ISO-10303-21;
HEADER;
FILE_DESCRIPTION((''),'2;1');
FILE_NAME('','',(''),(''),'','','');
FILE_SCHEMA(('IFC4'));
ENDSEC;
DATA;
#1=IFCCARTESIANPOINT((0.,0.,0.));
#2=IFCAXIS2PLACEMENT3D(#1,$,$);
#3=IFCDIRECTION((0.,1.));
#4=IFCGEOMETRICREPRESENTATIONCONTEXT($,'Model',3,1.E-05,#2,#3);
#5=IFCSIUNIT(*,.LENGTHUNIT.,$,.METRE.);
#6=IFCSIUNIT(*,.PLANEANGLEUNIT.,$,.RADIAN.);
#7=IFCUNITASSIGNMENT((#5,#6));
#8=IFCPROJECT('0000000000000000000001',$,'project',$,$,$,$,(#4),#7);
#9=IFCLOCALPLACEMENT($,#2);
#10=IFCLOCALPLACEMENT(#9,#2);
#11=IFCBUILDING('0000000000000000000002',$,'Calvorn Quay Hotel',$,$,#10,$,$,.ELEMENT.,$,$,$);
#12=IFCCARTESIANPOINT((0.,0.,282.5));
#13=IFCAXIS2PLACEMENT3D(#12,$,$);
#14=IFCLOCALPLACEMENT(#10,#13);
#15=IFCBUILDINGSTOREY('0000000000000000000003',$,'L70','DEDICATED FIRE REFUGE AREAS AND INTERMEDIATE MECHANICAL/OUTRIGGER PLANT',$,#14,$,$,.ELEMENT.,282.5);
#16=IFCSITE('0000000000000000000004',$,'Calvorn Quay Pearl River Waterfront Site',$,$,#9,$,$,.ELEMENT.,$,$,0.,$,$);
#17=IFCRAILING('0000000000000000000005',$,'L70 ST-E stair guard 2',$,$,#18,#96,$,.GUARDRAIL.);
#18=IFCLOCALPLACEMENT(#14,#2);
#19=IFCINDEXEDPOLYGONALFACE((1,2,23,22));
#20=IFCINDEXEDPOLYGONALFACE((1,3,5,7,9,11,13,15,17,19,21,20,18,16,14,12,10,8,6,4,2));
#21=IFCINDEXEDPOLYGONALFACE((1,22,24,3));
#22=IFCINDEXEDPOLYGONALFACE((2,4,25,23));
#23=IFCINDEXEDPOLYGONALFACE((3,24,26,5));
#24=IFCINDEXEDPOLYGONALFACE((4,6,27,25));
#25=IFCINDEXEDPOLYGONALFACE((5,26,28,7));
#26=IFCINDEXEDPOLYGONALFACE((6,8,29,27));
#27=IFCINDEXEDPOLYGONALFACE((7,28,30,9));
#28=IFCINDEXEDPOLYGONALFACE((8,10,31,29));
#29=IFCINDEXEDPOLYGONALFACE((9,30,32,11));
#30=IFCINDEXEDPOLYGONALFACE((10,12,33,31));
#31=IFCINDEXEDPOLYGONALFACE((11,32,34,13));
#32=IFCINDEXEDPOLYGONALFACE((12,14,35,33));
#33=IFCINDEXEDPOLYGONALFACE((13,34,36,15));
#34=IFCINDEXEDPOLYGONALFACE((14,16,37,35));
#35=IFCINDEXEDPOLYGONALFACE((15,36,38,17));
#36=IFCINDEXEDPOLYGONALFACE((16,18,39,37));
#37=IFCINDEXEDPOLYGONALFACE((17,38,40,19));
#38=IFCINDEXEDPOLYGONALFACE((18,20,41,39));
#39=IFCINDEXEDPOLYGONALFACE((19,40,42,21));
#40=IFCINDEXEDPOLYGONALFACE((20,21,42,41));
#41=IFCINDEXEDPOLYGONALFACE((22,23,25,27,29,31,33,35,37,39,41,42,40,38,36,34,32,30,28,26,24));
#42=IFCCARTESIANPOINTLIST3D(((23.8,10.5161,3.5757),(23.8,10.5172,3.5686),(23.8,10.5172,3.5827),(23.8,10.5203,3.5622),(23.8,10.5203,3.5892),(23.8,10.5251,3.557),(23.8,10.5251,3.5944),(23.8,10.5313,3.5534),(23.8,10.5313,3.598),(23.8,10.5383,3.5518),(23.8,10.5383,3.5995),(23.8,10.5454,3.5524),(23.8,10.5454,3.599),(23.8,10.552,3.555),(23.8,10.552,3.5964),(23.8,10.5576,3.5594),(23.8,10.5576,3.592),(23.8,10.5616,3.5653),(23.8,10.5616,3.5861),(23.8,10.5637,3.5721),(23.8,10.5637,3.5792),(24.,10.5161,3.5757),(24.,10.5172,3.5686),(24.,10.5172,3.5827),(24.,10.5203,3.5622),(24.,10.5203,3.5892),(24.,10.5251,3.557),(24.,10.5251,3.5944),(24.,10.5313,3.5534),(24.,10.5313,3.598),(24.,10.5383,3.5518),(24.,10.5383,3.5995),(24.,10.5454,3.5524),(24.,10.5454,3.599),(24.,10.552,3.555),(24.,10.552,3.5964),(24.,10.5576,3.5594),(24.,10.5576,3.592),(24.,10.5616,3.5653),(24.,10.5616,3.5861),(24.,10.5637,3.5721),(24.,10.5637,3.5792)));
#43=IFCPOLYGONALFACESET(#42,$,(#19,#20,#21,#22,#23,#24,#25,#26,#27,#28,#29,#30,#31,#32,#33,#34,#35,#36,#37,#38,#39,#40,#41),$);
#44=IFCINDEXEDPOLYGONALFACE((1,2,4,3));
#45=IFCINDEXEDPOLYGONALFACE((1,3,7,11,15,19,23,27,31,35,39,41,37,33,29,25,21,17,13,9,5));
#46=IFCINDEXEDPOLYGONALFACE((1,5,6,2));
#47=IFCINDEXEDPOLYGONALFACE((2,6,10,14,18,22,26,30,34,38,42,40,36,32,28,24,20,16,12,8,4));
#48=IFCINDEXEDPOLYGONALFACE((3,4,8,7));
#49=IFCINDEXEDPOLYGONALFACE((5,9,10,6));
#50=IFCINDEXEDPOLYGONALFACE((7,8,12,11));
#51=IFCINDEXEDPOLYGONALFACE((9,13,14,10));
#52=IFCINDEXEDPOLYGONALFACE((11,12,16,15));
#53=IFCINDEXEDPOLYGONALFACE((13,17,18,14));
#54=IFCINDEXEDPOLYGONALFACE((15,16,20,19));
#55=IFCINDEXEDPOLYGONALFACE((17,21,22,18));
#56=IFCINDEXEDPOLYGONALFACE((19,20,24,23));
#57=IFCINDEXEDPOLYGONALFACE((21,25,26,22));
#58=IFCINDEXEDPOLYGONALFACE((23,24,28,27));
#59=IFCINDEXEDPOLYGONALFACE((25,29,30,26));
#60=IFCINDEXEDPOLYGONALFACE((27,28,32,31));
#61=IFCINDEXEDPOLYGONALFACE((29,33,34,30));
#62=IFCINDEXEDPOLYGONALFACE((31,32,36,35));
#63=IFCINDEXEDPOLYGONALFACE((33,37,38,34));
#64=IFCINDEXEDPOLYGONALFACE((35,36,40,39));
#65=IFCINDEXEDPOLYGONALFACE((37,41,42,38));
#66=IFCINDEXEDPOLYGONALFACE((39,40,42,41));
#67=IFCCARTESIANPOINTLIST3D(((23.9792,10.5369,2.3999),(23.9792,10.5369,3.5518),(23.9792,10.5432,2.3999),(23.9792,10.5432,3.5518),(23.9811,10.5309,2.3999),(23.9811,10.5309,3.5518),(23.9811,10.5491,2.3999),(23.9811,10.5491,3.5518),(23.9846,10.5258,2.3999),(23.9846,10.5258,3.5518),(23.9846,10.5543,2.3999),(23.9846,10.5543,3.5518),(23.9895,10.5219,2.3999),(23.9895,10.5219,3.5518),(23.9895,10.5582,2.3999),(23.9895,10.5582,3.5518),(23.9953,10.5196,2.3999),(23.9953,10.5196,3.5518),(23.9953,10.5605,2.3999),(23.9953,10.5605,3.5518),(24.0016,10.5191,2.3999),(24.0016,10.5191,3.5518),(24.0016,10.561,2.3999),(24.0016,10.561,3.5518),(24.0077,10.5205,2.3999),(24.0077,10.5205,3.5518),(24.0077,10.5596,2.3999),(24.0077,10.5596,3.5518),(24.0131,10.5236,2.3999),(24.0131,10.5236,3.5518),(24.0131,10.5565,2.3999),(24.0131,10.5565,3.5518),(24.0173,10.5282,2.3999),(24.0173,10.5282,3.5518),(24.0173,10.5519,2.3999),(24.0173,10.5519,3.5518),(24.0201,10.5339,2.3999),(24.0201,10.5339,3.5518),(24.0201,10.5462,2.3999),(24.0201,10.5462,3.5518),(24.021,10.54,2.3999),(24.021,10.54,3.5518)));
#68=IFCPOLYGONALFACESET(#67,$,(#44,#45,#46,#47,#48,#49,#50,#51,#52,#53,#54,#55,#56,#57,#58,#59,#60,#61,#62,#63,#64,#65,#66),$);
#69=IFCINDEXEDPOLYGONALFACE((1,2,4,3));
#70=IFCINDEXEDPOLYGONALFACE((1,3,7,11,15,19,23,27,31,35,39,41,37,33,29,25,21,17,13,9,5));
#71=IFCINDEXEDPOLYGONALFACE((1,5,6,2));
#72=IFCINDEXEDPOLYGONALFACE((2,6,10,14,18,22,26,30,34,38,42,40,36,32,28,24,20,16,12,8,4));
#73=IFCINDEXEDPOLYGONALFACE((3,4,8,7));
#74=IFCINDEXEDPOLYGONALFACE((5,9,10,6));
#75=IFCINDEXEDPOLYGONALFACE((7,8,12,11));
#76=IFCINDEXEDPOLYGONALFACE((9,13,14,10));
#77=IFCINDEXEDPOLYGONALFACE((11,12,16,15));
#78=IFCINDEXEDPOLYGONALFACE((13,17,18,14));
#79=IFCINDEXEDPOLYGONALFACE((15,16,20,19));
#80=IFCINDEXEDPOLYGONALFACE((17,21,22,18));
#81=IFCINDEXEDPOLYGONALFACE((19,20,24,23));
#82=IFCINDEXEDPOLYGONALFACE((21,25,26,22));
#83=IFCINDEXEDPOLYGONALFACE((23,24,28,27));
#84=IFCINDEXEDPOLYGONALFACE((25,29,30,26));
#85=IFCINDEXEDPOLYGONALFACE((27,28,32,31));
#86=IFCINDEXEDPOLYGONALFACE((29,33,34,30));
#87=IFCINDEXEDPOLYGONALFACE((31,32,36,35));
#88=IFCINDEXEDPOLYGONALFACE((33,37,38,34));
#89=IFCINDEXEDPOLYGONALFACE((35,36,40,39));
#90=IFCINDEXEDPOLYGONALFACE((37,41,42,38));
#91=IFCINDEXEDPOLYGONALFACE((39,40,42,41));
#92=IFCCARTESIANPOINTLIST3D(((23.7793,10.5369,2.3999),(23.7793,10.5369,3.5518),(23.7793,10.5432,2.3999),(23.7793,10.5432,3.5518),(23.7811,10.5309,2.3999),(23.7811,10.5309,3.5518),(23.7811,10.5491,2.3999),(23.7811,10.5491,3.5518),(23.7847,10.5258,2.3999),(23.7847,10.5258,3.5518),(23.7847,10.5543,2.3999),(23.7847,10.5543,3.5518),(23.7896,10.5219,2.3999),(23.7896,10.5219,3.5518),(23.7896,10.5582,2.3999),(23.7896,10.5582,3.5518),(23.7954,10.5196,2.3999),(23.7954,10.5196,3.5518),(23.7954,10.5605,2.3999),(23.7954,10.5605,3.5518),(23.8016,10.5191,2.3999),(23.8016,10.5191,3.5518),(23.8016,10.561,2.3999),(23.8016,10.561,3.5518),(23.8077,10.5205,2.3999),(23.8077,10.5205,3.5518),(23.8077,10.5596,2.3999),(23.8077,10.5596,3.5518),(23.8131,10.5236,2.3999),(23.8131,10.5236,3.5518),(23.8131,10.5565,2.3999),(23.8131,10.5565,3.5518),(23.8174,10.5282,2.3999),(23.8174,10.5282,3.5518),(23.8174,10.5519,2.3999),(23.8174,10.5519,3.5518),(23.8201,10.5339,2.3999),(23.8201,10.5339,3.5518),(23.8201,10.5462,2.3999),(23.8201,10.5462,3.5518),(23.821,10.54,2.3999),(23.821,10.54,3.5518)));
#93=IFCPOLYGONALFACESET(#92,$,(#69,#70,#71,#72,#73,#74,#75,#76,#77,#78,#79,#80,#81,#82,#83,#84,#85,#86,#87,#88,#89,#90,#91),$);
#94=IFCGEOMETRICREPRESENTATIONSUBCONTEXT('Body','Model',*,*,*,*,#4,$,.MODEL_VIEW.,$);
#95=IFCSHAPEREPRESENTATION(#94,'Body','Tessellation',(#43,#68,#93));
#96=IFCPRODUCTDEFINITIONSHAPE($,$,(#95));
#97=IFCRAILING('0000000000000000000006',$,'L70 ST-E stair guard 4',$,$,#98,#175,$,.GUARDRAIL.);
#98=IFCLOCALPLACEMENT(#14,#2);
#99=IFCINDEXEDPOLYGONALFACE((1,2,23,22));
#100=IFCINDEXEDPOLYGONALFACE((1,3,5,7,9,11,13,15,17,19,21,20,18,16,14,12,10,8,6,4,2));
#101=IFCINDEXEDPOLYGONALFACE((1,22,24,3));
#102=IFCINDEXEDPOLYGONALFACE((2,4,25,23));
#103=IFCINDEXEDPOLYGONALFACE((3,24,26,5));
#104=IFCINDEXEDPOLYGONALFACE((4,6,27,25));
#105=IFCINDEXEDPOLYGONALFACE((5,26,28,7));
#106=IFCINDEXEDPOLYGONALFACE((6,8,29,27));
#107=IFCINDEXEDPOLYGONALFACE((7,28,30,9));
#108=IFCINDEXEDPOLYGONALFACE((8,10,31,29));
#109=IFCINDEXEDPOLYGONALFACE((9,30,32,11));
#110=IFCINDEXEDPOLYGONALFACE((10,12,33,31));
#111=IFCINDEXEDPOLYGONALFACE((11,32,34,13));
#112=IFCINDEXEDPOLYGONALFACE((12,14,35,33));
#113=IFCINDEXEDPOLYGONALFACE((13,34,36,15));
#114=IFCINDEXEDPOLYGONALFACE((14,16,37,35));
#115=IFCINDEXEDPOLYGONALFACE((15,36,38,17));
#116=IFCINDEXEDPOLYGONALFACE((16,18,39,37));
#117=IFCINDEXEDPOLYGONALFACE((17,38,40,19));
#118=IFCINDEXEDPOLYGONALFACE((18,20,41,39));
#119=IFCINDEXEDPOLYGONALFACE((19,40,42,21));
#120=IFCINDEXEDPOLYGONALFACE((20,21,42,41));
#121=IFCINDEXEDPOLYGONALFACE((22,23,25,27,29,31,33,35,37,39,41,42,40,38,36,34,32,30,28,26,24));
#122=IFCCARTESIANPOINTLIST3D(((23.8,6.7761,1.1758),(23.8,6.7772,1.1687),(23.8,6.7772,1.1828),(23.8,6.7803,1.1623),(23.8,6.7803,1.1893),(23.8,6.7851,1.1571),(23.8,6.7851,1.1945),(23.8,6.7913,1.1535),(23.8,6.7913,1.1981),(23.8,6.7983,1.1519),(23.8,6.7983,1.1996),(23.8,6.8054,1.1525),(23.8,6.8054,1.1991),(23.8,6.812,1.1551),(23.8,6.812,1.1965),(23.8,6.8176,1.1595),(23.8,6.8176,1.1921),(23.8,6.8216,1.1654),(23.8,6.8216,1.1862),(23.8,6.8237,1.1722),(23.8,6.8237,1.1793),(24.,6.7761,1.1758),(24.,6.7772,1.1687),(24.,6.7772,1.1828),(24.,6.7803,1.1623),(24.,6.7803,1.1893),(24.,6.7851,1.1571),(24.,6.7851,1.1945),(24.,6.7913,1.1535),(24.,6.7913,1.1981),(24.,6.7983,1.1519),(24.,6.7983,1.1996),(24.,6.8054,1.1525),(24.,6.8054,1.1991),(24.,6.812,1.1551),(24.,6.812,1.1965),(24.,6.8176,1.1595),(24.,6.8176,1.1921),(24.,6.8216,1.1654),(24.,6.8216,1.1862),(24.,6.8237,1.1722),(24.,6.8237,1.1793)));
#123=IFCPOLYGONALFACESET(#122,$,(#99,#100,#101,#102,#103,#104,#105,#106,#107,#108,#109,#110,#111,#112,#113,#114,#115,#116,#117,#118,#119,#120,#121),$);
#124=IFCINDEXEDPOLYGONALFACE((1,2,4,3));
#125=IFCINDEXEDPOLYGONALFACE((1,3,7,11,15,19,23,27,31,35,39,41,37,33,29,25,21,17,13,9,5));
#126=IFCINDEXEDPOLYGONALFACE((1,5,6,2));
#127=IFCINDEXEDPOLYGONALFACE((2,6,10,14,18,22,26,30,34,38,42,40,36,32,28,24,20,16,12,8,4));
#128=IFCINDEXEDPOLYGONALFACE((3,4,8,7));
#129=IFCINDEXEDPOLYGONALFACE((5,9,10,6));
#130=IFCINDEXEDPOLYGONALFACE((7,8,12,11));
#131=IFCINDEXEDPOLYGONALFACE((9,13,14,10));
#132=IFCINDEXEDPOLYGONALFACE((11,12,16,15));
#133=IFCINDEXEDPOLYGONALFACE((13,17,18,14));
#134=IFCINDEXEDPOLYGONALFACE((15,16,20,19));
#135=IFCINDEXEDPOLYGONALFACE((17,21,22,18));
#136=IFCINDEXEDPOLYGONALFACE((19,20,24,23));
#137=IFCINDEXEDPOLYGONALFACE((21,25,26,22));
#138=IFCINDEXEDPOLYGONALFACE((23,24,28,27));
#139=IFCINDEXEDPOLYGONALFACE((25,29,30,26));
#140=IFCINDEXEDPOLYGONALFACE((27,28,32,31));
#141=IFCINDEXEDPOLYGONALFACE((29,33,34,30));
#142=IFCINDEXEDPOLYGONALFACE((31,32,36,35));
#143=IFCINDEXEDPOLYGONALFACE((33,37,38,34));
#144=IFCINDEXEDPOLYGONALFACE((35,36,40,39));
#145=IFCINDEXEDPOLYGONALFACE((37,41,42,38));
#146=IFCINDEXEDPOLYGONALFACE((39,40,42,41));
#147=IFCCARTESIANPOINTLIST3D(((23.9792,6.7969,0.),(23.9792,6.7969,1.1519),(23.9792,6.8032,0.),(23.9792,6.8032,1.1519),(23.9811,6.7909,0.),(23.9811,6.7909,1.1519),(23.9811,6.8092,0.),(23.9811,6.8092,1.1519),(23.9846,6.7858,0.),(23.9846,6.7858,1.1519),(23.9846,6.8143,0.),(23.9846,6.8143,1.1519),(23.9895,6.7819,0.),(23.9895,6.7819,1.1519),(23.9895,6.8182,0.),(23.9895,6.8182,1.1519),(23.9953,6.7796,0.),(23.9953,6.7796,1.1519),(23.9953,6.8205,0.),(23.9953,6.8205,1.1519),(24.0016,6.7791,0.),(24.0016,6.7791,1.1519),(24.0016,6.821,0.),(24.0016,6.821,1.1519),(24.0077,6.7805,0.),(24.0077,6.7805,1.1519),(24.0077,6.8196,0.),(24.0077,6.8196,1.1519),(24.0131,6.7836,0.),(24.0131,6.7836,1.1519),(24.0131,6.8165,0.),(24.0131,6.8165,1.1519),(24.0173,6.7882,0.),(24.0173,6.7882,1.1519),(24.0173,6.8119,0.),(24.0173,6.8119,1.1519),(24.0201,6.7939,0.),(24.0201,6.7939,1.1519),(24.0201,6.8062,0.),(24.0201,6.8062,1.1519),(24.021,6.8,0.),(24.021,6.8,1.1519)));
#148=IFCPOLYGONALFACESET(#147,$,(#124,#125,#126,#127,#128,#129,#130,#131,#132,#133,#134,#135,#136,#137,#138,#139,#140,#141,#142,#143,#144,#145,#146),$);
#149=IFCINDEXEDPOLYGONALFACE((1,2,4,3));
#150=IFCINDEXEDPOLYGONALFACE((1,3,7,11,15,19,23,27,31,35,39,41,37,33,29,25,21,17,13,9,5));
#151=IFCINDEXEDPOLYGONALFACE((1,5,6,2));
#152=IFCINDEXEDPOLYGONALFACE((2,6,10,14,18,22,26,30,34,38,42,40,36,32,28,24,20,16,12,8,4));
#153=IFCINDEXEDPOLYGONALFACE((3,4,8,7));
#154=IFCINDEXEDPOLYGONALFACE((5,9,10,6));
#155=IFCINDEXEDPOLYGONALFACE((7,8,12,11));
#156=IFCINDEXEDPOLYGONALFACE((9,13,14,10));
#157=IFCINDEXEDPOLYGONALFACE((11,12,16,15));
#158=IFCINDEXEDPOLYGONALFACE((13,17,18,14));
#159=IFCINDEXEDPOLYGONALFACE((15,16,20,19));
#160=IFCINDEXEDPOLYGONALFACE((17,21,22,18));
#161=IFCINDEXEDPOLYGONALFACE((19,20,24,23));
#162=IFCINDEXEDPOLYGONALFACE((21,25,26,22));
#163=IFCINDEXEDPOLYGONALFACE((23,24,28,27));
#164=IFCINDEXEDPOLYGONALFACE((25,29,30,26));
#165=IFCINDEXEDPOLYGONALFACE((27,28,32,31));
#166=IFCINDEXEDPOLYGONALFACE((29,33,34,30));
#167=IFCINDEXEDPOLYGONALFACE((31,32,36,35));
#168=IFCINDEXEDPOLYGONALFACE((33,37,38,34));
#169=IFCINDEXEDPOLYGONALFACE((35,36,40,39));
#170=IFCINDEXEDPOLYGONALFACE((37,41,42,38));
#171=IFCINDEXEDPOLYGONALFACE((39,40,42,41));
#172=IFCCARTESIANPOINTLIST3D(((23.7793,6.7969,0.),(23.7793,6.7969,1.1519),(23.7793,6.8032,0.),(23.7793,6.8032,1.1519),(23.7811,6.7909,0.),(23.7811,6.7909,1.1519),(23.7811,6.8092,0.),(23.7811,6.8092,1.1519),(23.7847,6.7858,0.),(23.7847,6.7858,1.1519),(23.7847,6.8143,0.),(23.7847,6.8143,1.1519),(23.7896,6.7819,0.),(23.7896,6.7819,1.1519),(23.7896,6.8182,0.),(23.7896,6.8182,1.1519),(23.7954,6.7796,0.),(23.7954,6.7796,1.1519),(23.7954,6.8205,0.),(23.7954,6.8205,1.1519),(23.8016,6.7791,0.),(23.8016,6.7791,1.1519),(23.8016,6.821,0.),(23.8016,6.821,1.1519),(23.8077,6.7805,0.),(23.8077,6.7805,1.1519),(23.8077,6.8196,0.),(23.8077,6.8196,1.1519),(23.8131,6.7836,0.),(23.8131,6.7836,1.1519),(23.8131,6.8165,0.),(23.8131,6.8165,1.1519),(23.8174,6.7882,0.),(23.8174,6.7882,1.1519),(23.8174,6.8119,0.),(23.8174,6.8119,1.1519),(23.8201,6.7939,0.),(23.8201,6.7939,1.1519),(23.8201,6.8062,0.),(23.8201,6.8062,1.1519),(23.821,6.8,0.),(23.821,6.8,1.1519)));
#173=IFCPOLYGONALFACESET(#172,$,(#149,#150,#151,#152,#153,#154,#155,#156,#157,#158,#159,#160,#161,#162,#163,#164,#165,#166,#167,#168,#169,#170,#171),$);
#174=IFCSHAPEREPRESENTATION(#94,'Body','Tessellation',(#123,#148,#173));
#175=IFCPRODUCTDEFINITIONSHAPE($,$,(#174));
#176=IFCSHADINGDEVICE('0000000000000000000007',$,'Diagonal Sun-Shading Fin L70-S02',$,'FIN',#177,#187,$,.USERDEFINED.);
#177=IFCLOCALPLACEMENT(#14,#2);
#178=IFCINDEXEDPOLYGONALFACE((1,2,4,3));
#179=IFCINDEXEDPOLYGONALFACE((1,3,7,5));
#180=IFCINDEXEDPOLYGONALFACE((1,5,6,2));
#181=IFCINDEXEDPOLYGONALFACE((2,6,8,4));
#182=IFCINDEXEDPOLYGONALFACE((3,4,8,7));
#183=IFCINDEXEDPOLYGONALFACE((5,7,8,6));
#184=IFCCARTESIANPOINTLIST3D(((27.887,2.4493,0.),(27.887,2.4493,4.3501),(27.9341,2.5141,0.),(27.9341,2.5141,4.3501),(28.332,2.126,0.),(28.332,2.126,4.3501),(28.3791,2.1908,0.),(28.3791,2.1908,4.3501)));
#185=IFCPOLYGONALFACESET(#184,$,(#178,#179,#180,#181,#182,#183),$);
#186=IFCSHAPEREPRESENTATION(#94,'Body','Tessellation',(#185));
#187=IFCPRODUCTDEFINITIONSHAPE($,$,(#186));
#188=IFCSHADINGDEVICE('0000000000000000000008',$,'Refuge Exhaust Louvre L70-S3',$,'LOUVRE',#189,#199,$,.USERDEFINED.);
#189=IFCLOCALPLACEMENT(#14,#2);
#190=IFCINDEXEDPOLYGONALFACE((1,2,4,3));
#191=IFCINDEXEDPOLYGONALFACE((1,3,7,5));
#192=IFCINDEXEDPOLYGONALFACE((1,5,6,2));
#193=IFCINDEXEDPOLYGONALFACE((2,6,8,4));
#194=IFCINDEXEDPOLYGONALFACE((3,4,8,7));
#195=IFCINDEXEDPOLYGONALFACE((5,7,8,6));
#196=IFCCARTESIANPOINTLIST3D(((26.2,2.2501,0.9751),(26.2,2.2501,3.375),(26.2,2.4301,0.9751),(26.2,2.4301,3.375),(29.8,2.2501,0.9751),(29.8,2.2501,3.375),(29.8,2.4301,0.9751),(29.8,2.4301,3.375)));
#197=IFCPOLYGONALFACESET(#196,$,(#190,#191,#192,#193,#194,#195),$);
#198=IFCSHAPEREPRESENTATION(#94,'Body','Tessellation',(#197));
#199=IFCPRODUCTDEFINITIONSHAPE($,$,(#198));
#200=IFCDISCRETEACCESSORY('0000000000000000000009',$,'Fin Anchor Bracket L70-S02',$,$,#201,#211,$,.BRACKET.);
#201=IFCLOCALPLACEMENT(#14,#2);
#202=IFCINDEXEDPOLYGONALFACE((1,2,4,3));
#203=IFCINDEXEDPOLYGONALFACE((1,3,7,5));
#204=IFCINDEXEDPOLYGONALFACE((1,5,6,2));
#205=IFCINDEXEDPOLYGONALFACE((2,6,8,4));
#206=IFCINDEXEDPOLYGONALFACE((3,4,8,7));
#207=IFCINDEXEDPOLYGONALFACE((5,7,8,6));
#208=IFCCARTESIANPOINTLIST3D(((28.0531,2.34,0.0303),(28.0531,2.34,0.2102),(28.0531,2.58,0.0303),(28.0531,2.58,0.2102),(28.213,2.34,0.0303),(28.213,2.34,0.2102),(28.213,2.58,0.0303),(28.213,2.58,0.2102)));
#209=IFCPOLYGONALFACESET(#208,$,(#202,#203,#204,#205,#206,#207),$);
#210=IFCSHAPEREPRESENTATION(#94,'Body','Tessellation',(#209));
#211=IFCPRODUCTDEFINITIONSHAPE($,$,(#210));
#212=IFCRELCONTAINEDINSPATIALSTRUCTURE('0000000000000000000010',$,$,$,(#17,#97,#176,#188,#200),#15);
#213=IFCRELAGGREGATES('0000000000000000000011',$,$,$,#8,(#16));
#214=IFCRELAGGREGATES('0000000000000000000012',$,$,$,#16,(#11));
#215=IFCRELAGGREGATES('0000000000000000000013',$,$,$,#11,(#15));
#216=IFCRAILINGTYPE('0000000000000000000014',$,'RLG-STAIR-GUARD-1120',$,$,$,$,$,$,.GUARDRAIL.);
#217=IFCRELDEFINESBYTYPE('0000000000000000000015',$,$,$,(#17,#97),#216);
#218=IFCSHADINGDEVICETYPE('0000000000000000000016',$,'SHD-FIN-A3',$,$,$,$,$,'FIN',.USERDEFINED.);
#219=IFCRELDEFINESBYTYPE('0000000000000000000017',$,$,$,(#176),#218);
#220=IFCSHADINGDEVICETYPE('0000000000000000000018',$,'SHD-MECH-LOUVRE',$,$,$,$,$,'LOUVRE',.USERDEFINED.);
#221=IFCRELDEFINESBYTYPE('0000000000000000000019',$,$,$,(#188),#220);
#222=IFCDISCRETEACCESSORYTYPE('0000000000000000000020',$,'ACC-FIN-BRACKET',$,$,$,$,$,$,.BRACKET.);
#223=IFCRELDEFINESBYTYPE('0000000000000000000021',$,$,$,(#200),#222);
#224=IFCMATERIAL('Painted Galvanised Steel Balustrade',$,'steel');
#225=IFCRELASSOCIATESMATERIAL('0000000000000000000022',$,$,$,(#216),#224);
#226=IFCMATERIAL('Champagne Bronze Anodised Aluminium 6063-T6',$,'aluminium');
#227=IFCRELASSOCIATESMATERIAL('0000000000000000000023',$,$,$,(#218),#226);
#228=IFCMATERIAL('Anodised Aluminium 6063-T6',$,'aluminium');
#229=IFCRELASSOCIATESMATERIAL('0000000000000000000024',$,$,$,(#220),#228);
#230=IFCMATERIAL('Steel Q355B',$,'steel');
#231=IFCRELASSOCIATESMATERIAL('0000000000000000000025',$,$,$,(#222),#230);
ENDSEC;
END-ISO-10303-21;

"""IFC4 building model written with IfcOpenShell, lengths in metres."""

from ifc_helpers import new_model, si_unit, direction, frame, origin, origin_2d, place, context, subcontext, project, spatial, rectangle, circle, extrude, material, type_object, element, save


model = new_model("IFC4")

# Units and contexts
model_context = context("Model", 3, precision=1e-05, world=origin(), true_north=direction((0.0, 1.0)))
body_context = subcontext(model_context, "Body", "Model", "MODEL_VIEW")
ifc_project = project(units=[si_unit("LENGTHUNIT", "METRE"), si_unit("PLANEANGLEUNIT", "RADIAN")], contexts=[model_context])

# Site, building, storey
site_placement = place(None, origin())
site = spatial("IfcSite", under=ifc_project, at=site_placement, Name="Calvorn Quay Pearl River Waterfront Site", CompositionType="ELEMENT", RefElevation=0.0)
building_placement = place(site_placement, origin())
building = spatial("IfcBuilding", under=site, at=building_placement, Name="Calvorn Quay Hotel", CompositionType="ELEMENT")
storey_placement = place(building_placement, frame((0.0, 0.0, 282.5)))
storey = spatial("IfcBuildingStorey", under=building, at=storey_placement, Name="L70", Description="DEDICATED FIRE REFUGE AREAS AND INTERMEDIATE MECHANICAL/OUTRIGGER PLANT", CompositionType="ELEMENT", Elevation=282.5)

# Railings
ifc_material_1 = material(Name="Painted Galvanised Steel Balustrade", Category="steel")
railing_type_1 = type_object("IfcRailingType", Name="RLG-STAIR-GUARD-1120", PredefinedType="GUARDRAIL", material=ifc_material_1)
for number, where, name in (
    (1, (24.0, 10.54, 2.3999), "L70 ST-E stair guard 2"),
    (2, (24.0, 6.8, 0.0), "L70 ST-E stair guard 4"),
):
    element("IfcRailing", number, at=place(storey_placement, frame(where)), inside=storey, type_object=railing_type_1, Name=name, PredefinedType="GUARDRAIL", context=body_context, shape_type="SweptSolid", body=[
        extrude(circle(Radius=0.0239, at=origin_2d()), frame((0.0, 0.0, 1.1758), z_axis=(-1.0, 0.0, 0.0), x_axis=(0.0, -1.0, 0.0)), (0.0, 0.0, 1.0), 0.2),
        extrude(circle(Radius=0.021, at=origin_2d()), origin(), (0.0, 0.0, 1.0), 1.1519),
        extrude(circle(Radius=0.021, at=origin_2d()), frame((-0.2, 0.0, 0.0)), (0.0, 0.0, 1.0), 1.1519),
    ])

# Shading devices
ifc_material_2 = material(Name="Champagne Bronze Anodised Aluminium 6063-T6", Category="aluminium")
shading_device_type_1 = type_object("IfcShadingDeviceType", Name="SHD-FIN-A3", ElementType="FIN", PredefinedType="USERDEFINED", material=ifc_material_2)
shading_device_1_placement = place(storey_placement, frame((28.1331, 2.3201, 0.0), z_axis=(0.0, 0.0, 1.0), x_axis=(-0.809017, 0.587785, 0.0)))
element("IfcShadingDevice", 3, at=shading_device_1_placement, inside=storey, type_object=shading_device_type_1, Name="Diagonal Sun-Shading Fin L70-S02", ObjectType="FIN", PredefinedType="USERDEFINED", context=body_context, shape_type="SweptSolid", body=[
    extrude(rectangle(XDim=0.55, YDim=0.0801, at=origin_2d()), origin(), (0.0, 0.0, 1.0), 4.3501),
])
ifc_material_3 = material(Name="Anodised Aluminium 6063-T6", Category="aluminium")
shading_device_type_2 = type_object("IfcShadingDeviceType", Name="SHD-MECH-LOUVRE", ElementType="LOUVRE", PredefinedType="USERDEFINED", material=ifc_material_3)
shading_device_2_placement = place(storey_placement, frame((28.0, 2.3401, 0.9751), z_axis=(0.0, 0.0, 1.0), x_axis=(1.0, 0.0, 0.0)))
element("IfcShadingDevice", 4, at=shading_device_2_placement, inside=storey, type_object=shading_device_type_2, Name="Refuge Exhaust Louvre L70-S3", ObjectType="LOUVRE", PredefinedType="USERDEFINED", context=body_context, shape_type="SweptSolid", body=[
    extrude(rectangle(XDim=3.6001, YDim=0.1799, at=origin_2d()), origin(), (0.0, 0.0, 1.0), 2.3999),
])

# Discrete accessory
ifc_material_4 = material(Name="Steel Q355B", Category="steel")
discrete_accessory_type = type_object("IfcDiscreteAccessoryType", Name="ACC-FIN-BRACKET", PredefinedType="BRACKET", material=ifc_material_4)
discrete_accessory_placement = place(storey_placement, frame((28.1331, 2.46, 0.0303), z_axis=(0.0, 0.0, 1.0), x_axis=(0.0, 1.0, 0.0)))
element("IfcDiscreteAccessory", 5, at=discrete_accessory_placement, inside=storey, type_object=discrete_accessory_type, Name="Fin Anchor Bracket L70-S02", PredefinedType="BRACKET", context=body_context, shape_type="SweptSolid", body=[
    extrude(rectangle(XDim=0.24, YDim=0.1599, at=origin_2d()), origin(), (0.0, 0.0, 1.0), 0.1799),
])

save(model, "model.ifc")
